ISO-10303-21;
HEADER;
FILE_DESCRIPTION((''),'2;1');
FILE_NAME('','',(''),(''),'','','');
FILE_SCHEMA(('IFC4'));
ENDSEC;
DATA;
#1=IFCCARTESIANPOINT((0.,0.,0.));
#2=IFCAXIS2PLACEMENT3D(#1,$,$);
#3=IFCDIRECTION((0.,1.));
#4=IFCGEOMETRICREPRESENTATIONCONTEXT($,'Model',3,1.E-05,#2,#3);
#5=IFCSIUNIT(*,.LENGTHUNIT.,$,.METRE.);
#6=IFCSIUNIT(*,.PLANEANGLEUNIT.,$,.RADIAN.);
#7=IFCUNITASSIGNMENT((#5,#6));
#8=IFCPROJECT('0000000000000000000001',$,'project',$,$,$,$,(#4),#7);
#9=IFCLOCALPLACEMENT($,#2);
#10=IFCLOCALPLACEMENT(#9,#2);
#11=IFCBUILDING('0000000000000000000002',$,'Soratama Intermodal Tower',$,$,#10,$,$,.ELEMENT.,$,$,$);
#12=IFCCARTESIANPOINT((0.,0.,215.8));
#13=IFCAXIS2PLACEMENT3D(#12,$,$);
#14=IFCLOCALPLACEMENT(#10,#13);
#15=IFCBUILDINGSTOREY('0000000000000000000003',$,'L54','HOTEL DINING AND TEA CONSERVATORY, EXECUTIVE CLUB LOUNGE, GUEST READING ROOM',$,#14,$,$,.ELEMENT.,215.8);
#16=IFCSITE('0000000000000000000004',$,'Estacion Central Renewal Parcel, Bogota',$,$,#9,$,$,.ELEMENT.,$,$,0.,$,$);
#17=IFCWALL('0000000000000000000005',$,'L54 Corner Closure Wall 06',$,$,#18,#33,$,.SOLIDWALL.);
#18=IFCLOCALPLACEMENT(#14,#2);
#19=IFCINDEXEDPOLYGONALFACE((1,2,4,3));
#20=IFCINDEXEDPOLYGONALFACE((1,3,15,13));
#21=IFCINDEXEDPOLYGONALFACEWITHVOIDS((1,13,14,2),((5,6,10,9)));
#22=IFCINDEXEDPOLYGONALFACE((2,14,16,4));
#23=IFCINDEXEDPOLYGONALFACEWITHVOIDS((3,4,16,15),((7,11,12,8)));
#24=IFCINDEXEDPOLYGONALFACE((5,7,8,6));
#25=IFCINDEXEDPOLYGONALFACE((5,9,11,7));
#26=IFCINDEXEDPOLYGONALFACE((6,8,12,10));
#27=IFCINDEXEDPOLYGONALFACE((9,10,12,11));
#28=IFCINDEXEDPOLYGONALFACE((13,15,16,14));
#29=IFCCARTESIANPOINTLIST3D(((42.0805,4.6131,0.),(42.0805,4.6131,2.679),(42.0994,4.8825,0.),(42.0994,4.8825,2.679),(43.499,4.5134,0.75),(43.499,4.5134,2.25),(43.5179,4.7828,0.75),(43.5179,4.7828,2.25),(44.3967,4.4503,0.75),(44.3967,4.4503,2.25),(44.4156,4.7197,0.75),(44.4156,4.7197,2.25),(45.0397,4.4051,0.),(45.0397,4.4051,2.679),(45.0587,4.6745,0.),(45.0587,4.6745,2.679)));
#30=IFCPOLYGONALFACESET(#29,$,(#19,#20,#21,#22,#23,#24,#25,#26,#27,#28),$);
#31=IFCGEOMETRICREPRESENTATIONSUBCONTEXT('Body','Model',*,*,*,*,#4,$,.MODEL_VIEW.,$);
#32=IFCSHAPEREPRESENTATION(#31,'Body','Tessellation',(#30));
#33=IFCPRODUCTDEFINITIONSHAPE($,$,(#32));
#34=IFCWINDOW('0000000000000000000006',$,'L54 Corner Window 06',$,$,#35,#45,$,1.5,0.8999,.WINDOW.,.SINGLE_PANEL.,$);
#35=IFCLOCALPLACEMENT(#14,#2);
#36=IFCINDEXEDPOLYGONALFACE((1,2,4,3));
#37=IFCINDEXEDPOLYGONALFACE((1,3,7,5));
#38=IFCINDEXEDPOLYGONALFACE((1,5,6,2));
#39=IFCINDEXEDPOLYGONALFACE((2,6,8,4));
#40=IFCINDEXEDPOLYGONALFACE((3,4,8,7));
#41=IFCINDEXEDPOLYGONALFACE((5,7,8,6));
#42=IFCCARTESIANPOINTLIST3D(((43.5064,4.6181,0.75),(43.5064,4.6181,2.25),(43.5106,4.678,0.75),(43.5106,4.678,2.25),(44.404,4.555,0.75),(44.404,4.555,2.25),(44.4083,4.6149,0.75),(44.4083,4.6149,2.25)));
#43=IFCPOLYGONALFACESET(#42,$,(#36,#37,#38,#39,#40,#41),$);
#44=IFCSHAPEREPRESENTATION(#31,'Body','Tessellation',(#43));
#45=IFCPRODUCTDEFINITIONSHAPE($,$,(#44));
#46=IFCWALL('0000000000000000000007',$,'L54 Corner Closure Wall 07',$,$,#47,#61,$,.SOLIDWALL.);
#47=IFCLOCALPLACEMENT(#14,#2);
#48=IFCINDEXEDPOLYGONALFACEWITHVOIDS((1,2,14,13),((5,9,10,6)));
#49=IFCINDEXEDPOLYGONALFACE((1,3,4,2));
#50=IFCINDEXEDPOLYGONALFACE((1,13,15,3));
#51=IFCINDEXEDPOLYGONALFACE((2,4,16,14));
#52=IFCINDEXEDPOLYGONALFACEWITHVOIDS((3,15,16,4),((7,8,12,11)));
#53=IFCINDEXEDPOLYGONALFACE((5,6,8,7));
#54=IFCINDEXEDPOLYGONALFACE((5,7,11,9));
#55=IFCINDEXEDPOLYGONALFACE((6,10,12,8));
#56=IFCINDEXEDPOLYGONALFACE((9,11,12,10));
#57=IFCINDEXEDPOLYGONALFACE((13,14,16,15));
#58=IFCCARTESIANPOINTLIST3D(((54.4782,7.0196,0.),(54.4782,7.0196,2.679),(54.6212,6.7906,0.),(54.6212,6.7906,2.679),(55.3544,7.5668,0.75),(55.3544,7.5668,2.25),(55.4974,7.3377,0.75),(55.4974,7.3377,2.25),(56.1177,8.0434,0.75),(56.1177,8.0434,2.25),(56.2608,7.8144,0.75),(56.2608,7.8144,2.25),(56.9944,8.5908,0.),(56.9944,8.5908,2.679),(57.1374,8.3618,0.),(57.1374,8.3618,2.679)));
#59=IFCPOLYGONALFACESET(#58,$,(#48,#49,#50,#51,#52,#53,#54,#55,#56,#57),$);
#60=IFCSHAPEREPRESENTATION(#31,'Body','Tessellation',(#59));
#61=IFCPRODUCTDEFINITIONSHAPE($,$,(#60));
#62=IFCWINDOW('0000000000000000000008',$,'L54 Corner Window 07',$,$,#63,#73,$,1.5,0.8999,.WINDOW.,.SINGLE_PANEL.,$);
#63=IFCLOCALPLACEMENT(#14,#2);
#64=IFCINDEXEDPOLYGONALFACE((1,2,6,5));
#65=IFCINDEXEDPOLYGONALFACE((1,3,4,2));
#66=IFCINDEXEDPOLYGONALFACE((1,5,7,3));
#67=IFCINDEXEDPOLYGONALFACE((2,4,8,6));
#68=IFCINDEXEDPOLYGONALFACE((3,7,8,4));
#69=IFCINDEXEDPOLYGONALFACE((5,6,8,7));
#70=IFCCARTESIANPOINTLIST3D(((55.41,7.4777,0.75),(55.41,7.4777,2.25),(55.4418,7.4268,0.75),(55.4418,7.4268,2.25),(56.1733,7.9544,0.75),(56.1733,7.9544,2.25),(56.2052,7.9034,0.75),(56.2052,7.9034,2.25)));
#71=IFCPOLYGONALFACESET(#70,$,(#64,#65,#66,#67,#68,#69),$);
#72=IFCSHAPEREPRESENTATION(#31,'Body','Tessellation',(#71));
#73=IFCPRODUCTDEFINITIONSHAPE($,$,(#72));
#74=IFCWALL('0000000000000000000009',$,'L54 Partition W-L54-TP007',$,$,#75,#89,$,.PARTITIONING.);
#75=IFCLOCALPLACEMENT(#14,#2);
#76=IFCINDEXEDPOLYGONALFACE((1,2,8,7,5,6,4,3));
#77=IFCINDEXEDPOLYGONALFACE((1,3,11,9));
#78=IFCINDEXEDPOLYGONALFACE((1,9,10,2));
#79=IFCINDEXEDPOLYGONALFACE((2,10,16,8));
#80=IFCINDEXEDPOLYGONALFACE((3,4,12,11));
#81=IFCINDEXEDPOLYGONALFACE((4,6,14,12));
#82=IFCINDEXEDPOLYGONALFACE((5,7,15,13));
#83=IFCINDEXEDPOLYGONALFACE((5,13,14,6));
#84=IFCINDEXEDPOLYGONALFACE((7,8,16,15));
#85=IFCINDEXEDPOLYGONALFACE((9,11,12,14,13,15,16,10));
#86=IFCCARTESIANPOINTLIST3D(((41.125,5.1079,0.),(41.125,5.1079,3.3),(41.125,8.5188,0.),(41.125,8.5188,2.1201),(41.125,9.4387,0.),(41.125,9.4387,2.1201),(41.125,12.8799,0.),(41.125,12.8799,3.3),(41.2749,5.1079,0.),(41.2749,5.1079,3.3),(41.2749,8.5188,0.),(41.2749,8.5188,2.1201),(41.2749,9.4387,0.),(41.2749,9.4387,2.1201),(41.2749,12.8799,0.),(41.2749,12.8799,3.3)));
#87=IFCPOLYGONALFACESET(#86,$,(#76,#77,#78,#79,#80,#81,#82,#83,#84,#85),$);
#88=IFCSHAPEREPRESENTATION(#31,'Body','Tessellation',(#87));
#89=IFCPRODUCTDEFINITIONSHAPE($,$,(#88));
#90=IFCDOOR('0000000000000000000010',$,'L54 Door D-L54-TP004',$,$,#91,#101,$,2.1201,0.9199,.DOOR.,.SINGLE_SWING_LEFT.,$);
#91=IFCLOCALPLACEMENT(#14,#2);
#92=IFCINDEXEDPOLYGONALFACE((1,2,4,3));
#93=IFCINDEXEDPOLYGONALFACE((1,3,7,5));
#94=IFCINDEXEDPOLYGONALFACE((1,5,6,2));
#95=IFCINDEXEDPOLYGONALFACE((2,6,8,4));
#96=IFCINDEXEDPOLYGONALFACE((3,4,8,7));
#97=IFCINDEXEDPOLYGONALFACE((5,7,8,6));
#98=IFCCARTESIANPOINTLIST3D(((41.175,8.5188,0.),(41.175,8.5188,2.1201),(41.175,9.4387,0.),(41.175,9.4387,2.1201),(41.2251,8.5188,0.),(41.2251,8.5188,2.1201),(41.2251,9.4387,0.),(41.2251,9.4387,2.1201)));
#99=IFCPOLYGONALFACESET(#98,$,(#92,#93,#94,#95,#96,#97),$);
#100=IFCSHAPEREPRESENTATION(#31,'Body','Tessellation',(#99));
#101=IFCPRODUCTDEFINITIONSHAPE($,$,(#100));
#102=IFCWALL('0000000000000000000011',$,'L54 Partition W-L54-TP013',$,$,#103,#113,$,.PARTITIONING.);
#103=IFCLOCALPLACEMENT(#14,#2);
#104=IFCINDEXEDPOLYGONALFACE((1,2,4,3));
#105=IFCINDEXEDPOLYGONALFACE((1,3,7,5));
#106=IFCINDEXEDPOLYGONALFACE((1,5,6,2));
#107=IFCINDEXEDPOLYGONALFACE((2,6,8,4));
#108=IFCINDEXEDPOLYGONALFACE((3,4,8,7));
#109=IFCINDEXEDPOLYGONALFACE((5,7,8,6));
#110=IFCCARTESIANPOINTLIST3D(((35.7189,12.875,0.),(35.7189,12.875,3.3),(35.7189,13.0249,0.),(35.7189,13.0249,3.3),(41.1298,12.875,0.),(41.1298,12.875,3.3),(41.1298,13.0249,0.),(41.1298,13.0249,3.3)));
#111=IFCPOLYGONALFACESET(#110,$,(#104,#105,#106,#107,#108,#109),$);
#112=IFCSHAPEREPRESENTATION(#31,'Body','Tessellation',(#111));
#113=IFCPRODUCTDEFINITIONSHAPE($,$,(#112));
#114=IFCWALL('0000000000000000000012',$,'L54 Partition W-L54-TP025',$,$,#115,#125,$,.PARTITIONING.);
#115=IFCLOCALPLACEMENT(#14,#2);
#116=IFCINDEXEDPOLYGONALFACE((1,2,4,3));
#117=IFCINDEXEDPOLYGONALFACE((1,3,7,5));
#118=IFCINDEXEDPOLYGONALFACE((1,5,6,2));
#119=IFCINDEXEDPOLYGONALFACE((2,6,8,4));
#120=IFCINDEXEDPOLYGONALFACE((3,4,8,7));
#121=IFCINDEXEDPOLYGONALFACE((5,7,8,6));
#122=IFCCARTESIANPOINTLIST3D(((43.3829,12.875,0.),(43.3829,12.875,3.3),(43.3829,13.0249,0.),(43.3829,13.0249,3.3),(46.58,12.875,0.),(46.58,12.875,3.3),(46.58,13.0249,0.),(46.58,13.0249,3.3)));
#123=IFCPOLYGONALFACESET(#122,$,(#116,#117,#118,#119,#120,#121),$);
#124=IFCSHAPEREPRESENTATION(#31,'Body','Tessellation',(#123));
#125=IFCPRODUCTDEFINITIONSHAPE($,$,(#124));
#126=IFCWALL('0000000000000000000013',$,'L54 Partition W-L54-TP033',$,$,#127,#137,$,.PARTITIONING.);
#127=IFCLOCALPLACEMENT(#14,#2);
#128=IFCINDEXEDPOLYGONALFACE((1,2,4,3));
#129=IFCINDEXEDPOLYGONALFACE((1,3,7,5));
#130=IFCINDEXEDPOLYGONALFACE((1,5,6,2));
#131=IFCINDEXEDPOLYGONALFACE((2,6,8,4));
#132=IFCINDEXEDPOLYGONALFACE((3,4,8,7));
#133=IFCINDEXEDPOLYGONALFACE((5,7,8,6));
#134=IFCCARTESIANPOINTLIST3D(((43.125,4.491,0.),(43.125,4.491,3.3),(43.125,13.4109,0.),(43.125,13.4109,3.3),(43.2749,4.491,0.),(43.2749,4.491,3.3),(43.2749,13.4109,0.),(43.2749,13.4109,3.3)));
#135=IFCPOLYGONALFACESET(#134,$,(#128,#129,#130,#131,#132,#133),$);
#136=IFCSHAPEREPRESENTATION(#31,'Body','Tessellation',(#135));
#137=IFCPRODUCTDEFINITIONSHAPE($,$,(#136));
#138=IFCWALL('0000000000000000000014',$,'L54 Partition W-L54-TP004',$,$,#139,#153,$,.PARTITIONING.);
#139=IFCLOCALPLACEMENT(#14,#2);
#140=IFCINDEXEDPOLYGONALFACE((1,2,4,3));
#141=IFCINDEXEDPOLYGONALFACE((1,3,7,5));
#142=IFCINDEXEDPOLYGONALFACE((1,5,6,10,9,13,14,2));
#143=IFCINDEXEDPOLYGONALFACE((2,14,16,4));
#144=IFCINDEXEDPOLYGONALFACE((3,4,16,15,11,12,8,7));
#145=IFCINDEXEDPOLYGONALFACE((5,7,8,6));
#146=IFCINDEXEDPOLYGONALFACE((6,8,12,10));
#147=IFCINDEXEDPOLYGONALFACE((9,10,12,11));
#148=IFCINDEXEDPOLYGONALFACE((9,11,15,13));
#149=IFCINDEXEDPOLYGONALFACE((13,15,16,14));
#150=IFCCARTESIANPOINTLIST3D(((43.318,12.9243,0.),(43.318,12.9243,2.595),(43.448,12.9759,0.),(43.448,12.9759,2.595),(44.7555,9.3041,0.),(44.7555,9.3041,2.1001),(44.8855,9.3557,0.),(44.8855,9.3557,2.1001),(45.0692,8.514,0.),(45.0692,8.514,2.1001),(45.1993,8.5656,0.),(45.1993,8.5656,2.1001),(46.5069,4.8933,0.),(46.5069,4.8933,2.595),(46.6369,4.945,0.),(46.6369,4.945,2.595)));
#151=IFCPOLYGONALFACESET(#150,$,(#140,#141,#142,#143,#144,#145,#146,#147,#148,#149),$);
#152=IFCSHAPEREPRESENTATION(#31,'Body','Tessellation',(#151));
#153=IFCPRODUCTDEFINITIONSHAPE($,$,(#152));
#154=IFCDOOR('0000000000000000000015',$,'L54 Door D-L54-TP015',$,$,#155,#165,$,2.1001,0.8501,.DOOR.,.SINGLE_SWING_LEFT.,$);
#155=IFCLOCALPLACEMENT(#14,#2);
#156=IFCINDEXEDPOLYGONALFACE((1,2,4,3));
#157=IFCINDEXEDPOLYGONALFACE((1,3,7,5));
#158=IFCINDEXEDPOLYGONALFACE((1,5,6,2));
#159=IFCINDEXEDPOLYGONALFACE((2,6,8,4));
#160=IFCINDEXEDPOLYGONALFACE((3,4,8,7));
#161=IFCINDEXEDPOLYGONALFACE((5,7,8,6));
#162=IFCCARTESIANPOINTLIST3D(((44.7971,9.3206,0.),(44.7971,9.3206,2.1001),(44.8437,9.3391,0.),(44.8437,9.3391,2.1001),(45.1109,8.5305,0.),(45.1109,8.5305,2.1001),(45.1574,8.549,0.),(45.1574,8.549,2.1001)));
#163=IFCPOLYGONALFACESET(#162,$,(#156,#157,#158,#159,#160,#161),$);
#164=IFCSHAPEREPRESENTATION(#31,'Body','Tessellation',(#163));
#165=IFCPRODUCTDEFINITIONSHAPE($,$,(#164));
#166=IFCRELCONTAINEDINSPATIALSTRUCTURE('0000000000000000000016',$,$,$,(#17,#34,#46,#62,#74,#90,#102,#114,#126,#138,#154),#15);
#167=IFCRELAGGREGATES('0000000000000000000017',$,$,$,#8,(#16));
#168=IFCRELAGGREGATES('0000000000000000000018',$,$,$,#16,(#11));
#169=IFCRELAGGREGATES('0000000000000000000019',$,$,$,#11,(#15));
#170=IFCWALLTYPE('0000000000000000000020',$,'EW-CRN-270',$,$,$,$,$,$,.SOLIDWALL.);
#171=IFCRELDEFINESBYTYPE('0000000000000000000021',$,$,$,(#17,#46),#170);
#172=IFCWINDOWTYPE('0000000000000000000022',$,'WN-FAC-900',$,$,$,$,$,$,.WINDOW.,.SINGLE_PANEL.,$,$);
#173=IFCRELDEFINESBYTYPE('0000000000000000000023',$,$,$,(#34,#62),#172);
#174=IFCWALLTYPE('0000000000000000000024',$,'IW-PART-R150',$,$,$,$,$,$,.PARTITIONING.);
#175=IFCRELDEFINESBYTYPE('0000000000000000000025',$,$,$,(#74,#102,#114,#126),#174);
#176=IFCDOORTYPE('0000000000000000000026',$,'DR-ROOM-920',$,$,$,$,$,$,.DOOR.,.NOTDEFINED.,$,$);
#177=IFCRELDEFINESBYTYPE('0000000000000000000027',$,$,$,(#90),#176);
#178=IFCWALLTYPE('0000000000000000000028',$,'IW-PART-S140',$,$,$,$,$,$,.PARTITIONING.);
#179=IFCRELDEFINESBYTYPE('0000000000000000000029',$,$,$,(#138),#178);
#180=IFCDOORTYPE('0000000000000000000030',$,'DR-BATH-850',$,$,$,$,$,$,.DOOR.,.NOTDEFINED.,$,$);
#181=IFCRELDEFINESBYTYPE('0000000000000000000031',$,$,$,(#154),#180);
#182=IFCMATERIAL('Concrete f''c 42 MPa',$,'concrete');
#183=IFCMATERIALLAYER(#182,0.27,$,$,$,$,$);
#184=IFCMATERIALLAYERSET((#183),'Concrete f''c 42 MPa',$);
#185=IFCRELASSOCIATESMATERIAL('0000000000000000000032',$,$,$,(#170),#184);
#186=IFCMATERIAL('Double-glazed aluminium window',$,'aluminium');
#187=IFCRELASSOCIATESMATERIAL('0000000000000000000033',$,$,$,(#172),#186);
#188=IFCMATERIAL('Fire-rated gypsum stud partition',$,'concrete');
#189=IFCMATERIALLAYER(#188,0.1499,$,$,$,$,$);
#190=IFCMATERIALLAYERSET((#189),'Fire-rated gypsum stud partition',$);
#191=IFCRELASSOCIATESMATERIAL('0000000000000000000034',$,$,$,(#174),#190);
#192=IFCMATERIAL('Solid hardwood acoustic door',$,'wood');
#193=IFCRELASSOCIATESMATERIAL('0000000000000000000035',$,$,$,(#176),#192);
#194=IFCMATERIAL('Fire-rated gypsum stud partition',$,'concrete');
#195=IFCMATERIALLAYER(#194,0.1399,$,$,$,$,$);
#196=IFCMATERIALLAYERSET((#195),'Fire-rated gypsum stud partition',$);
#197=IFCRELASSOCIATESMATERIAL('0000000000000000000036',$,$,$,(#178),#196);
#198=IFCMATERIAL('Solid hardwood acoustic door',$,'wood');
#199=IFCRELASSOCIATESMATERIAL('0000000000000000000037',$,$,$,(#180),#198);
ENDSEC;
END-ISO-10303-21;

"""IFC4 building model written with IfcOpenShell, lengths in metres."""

from ifc_helpers import new_model, si_unit, direction, frame, frame_2d, origin, place, context, subcontext, project, spatial, rectangle, extrude, material, layer, layer_set, type_object, element, fill, save


model = new_model("IFC4")

# Units and contexts
model_context = context("Model", 3, precision=1e-05, world=origin(), true_north=direction((0.0, 1.0)))
body_context = subcontext(model_context, "Body", "Model", "MODEL_VIEW")
ifc_project = project(units=[si_unit("LENGTHUNIT", "METRE"), si_unit("PLANEANGLEUNIT", "RADIAN")], contexts=[model_context])

# Site, building, storey
site_placement = place(None, origin())
site = spatial("IfcSite", under=ifc_project, at=site_placement, Name="Estacion Central Renewal Parcel, Bogota", CompositionType="ELEMENT", RefElevation=0.0)
building_placement = place(site_placement, origin())
building = spatial("IfcBuilding", under=site, at=building_placement, Name="Soratama Intermodal Tower", CompositionType="ELEMENT")
storey_placement = place(building_placement, frame((0.0, 0.0, 215.8)))
storey = spatial("IfcBuildingStorey", under=building, at=storey_placement, Name="L54", Description="HOTEL DINING AND TEA CONSERVATORY, EXECUTIVE CLUB LOUNGE, GUEST READING ROOM", CompositionType="ELEMENT", Elevation=215.8)

# Walls, openings, windows
ifc_material_1 = material(Name="Concrete f'c 42 MPa", Category="concrete")
ifc_layer_1 = layer(ifc_material_1, 0.27)
ifc_layer_set_1 = layer_set([ifc_layer_1], Name="Concrete f'c 42 MPa")
wall_type_1 = type_object("IfcWallType", Name="EW-CRN-270", PredefinedType="SOLIDWALL", material=ifc_layer_set_1)
wall_1_placement = place(storey_placement, frame((42.0898, 4.7478, 0.0), z_axis=(0.0, 0.0, 1.0), x_axis=(0.997539, -0.070118, 0.0)))
wall_1 = element("IfcWall", 1, at=wall_1_placement, inside=storey, type_object=wall_type_1, Name="L54 Corner Closure Wall 06", PredefinedType="SOLIDWALL", context=body_context, shape_type="SweptSolid", body=[
    extrude(rectangle(XDim=2.9666, YDim=0.27, at=frame_2d((1.4834, 0.0))), origin(), (0.0, 0.0, 1.0), 2.679),
])
opening_1_placement = place(wall_1_placement, frame((1.4221, 0.0, 0.75)))
opening_1 = element("IfcOpeningElement", 2, at=opening_1_placement, cuts=wall_1, PredefinedType="OPENING", context=body_context, shape_type="SweptSolid", body=[
    extrude(rectangle(XDim=0.8999, YDim=1.5, at=frame_2d((0.45, 0.75))), frame((0.0, 0.145, 0.0), z_axis=(0.0, -1.0, 0.0), x_axis=(1.0, 0.0, 0.0)), (0.0, 0.0, 1.0), 0.29),
])
ifc_material_2 = material(Name="Double-glazed aluminium window", Category="aluminium")
window_type_1 = type_object("IfcWindowType", Name="WN-FAC-900", PartitioningType="SINGLE_PANEL", PredefinedType="WINDOW", material=ifc_material_2)
window_1_placement = place(opening_1_placement, origin())
window_1 = element("IfcWindow", 3, at=window_1_placement, inside=storey, type_object=window_type_1, Name="L54 Corner Window 06", OverallHeight=1.5, OverallWidth=0.8999, PartitioningType="SINGLE_PANEL", PredefinedType="WINDOW", context=body_context, shape_type="SweptSolid", body=[
    extrude(rectangle(XDim=0.8999, YDim=1.5, at=frame_2d((0.45, 0.75))), frame((0.0, 0.03, 0.0), z_axis=(0.0, -1.0, 0.0), x_axis=(1.0, 0.0, 0.0)), (0.0, 0.0, 1.0), 0.0601),
])
fill(opening_1, window_1)
wall_2_placement = place(storey_placement, frame((54.5496, 6.905, 0.0), z_axis=(0.0, 0.0, 1.0), x_axis=(0.848216, 0.529651, 0.0)))
wall_2 = element("IfcWall", 4, at=wall_2_placement, inside=storey, type_object=wall_type_1, Name="L54 Corner Closure Wall 07", PredefinedType="SOLIDWALL", context=body_context, shape_type="SweptSolid", body=[
    extrude(rectangle(XDim=2.9666, YDim=0.27, at=frame_2d((1.4834, 0.0))), origin(), (0.0, 0.0, 1.0), 2.679),
])
opening_2_placement = place(wall_2_placement, frame((1.0332, 0.0, 0.75)))
opening_2 = element("IfcOpeningElement", 5, at=opening_2_placement, cuts=wall_2, PredefinedType="OPENING", context=body_context, shape_type="SweptSolid", body=[
    extrude(rectangle(XDim=0.8999, YDim=1.5, at=frame_2d((0.45, 0.75))), frame((0.0, 0.145, 0.0), z_axis=(0.0, -1.0, 0.0), x_axis=(1.0, 0.0, 0.0)), (0.0, 0.0, 1.0), 0.29),
])
window_2_placement = place(opening_2_placement, origin())
window_2 = element("IfcWindow", 6, at=window_2_placement, inside=storey, type_object=window_type_1, Name="L54 Corner Window 07", OverallHeight=1.5, OverallWidth=0.8999, PartitioningType="SINGLE_PANEL", PredefinedType="WINDOW", context=body_context, shape_type="SweptSolid", body=[
    extrude(rectangle(XDim=0.8999, YDim=1.5, at=frame_2d((0.45, 0.75))), frame((0.0, 0.03, 0.0), z_axis=(0.0, -1.0, 0.0), x_axis=(1.0, 0.0, 0.0)), (0.0, 0.0, 1.0), 0.0601),
])
fill(opening_2, window_2)

# Wall, opening, door
ifc_material_3 = material(Name="Fire-rated gypsum stud partition", Category="concrete")
ifc_layer_2 = layer(ifc_material_3, 0.1499)
ifc_layer_set_2 = layer_set([ifc_layer_2], Name="Fire-rated gypsum stud partition")
wall_type_2 = type_object("IfcWallType", Name="IW-PART-R150", PredefinedType="PARTITIONING", material=ifc_layer_set_2)
wall_3_placement = place(storey_placement, frame((41.2, 5.1079, 0.0), z_axis=(0.0, 0.0, 1.0), x_axis=(0.0, 1.0, 0.0)))
wall_3 = element("IfcWall", 7, at=wall_3_placement, inside=storey, type_object=wall_type_2, Name="L54 Partition W-L54-TP007", PredefinedType="PARTITIONING", context=body_context, shape_type="SweptSolid", body=[
    extrude(rectangle(XDim=7.772, YDim=0.1499, at=frame_2d((3.886, 0.0))), origin(), (0.0, 0.0, 1.0), 3.3),
])
opening_3_placement = place(wall_3_placement, frame((3.4109, 0.0, 0.0)))
opening_3 = element("IfcOpeningElement", 8, at=opening_3_placement, cuts=wall_3, PredefinedType="OPENING", context=body_context, shape_type="SweptSolid", body=[
    extrude(rectangle(XDim=0.9199, YDim=2.1201, at=frame_2d((0.46, 1.0601))), frame((0.0, 0.085, 0.0), z_axis=(0.0, -1.0, 0.0), x_axis=(1.0, 0.0, 0.0)), (0.0, 0.0, 1.0), 0.1699),
])
ifc_material_4 = material(Name="Solid hardwood acoustic door", Category="wood")
door_type_1 = type_object("IfcDoorType", Name="DR-ROOM-920", OperationType="NOTDEFINED", PredefinedType="DOOR", material=ifc_material_4)
door_1_placement = place(opening_3_placement, origin())
door_1 = element("IfcDoor", 9, at=door_1_placement, inside=storey, type_object=door_type_1, Name="L54 Door D-L54-TP004", OperationType="SINGLE_SWING_LEFT", OverallHeight=2.1201, OverallWidth=0.9199, PredefinedType="DOOR", context=body_context, shape_type="SweptSolid", body=[
    extrude(rectangle(XDim=0.9199, YDim=2.1201, at=frame_2d((0.46, 1.0601))), frame((0.0, 0.0249, 0.0), z_axis=(0.0, -1.0, 0.0), x_axis=(1.0, 0.0, 0.0)), (0.0, 0.0, 1.0), 0.05),
])
fill(opening_3, door_1)

# Walls
wall_4_placement = place(storey_placement, frame((41.1299, 12.95, 0.0), z_axis=(0.0, 0.0, 1.0), x_axis=(-1.0, 0.0, 0.0)))
element("IfcWall", 10, at=wall_4_placement, inside=storey, type_object=wall_type_2, Name="L54 Partition W-L54-TP013", PredefinedType="PARTITIONING", context=body_context, shape_type="SweptSolid", body=[
    extrude(rectangle(XDim=5.4109, YDim=0.1499, at=frame_2d((2.7056, 0.0))), origin(), (0.0, 0.0, 1.0), 3.3),
])
wall_5_placement = place(storey_placement, frame((46.5801, 12.95, 0.0), z_axis=(0.0, 0.0, 1.0), x_axis=(-1.0, 0.0, 0.0)))
element("IfcWall", 11, at=wall_5_placement, inside=storey, type_object=wall_type_2, Name="L54 Partition W-L54-TP025", PredefinedType="PARTITIONING", context=body_context, shape_type="SweptSolid", body=[
    extrude(rectangle(XDim=3.197, YDim=0.1499, at=frame_2d((1.5986, 0.0))), origin(), (0.0, 0.0, 1.0), 3.3),
])
wall_6_placement = place(storey_placement, frame((43.2, 13.4109, 0.0), z_axis=(0.0, 0.0, 1.0), x_axis=(0.0, -1.0, 0.0)))
element("IfcWall", 12, at=wall_6_placement, inside=storey, type_object=wall_type_2, Name="L54 Partition W-L54-TP033", PredefinedType="PARTITIONING", context=body_context, shape_type="SweptSolid", body=[
    extrude(rectangle(XDim=8.9199, YDim=0.1499, at=frame_2d((4.46, 0.0))), origin(), (0.0, 0.0, 1.0), 3.3),
])

# Wall, opening, door
ifc_material_5 = material(Name="Fire-rated gypsum stud partition", Category="concrete")
ifc_layer_3 = layer(ifc_material_5, 0.1399)
ifc_layer_set_3 = layer_set([ifc_layer_3], Name="Fire-rated gypsum stud partition")
wall_type_3 = type_object("IfcWallType", Name="IW-PART-S140", PredefinedType="PARTITIONING", material=ifc_layer_set_3)
wall_7_placement = place(storey_placement, frame((43.3831, 12.95, 0.0), z_axis=(0.0, 0.0, 1.0), x_axis=(0.369051, -0.929409, 0.0)))
wall_7 = element("IfcWall", 13, at=wall_7_placement, inside=storey, type_object=wall_type_3, Name="L54 Partition W-L54-TP004", PredefinedType="PARTITIONING", context=body_context, shape_type="SweptSolid", body=[
    extrude(rectangle(XDim=8.6409, YDim=0.1399, at=frame_2d((4.3203, 0.0))), origin(), (0.0, 0.0, 1.0), 2.595),
])
opening_4_placement = place(wall_7_placement, frame((3.895, 0.0, 0.0)))
opening_4 = element("IfcOpeningElement", 14, at=opening_4_placement, cuts=wall_7, PredefinedType="OPENING", context=body_context, shape_type="SweptSolid", body=[
    extrude(rectangle(XDim=0.8501, YDim=2.1001, at=frame_2d((0.425, 1.05))), frame((0.0, 0.0798, 0.0), z_axis=(0.0, -1.0, 0.0), x_axis=(1.0, 0.0, 0.0)), (0.0, 0.0, 1.0), 0.1599),
])
ifc_material_6 = material(Name="Solid hardwood acoustic door", Category="wood")
door_type_2 = type_object("IfcDoorType", Name="DR-BATH-850", OperationType="NOTDEFINED", PredefinedType="DOOR", material=ifc_material_6)
door_2_placement = place(opening_4_placement, origin())
door_2 = element("IfcDoor", 15, at=door_2_placement, inside=storey, type_object=door_type_2, Name="L54 Door D-L54-TP015", OperationType="SINGLE_SWING_LEFT", OverallHeight=2.1001, OverallWidth=0.8501, PredefinedType="DOOR", context=body_context, shape_type="SweptSolid", body=[
    extrude(rectangle(XDim=0.8501, YDim=2.1001, at=frame_2d((0.425, 1.05))), frame((0.0, 0.0249, 0.0), z_axis=(0.0, -1.0, 0.0), x_axis=(1.0, 0.0, 0.0)), (0.0, 0.0, 1.0), 0.05),
])
fill(opening_4, door_2)

save(model, "model.ifc")
